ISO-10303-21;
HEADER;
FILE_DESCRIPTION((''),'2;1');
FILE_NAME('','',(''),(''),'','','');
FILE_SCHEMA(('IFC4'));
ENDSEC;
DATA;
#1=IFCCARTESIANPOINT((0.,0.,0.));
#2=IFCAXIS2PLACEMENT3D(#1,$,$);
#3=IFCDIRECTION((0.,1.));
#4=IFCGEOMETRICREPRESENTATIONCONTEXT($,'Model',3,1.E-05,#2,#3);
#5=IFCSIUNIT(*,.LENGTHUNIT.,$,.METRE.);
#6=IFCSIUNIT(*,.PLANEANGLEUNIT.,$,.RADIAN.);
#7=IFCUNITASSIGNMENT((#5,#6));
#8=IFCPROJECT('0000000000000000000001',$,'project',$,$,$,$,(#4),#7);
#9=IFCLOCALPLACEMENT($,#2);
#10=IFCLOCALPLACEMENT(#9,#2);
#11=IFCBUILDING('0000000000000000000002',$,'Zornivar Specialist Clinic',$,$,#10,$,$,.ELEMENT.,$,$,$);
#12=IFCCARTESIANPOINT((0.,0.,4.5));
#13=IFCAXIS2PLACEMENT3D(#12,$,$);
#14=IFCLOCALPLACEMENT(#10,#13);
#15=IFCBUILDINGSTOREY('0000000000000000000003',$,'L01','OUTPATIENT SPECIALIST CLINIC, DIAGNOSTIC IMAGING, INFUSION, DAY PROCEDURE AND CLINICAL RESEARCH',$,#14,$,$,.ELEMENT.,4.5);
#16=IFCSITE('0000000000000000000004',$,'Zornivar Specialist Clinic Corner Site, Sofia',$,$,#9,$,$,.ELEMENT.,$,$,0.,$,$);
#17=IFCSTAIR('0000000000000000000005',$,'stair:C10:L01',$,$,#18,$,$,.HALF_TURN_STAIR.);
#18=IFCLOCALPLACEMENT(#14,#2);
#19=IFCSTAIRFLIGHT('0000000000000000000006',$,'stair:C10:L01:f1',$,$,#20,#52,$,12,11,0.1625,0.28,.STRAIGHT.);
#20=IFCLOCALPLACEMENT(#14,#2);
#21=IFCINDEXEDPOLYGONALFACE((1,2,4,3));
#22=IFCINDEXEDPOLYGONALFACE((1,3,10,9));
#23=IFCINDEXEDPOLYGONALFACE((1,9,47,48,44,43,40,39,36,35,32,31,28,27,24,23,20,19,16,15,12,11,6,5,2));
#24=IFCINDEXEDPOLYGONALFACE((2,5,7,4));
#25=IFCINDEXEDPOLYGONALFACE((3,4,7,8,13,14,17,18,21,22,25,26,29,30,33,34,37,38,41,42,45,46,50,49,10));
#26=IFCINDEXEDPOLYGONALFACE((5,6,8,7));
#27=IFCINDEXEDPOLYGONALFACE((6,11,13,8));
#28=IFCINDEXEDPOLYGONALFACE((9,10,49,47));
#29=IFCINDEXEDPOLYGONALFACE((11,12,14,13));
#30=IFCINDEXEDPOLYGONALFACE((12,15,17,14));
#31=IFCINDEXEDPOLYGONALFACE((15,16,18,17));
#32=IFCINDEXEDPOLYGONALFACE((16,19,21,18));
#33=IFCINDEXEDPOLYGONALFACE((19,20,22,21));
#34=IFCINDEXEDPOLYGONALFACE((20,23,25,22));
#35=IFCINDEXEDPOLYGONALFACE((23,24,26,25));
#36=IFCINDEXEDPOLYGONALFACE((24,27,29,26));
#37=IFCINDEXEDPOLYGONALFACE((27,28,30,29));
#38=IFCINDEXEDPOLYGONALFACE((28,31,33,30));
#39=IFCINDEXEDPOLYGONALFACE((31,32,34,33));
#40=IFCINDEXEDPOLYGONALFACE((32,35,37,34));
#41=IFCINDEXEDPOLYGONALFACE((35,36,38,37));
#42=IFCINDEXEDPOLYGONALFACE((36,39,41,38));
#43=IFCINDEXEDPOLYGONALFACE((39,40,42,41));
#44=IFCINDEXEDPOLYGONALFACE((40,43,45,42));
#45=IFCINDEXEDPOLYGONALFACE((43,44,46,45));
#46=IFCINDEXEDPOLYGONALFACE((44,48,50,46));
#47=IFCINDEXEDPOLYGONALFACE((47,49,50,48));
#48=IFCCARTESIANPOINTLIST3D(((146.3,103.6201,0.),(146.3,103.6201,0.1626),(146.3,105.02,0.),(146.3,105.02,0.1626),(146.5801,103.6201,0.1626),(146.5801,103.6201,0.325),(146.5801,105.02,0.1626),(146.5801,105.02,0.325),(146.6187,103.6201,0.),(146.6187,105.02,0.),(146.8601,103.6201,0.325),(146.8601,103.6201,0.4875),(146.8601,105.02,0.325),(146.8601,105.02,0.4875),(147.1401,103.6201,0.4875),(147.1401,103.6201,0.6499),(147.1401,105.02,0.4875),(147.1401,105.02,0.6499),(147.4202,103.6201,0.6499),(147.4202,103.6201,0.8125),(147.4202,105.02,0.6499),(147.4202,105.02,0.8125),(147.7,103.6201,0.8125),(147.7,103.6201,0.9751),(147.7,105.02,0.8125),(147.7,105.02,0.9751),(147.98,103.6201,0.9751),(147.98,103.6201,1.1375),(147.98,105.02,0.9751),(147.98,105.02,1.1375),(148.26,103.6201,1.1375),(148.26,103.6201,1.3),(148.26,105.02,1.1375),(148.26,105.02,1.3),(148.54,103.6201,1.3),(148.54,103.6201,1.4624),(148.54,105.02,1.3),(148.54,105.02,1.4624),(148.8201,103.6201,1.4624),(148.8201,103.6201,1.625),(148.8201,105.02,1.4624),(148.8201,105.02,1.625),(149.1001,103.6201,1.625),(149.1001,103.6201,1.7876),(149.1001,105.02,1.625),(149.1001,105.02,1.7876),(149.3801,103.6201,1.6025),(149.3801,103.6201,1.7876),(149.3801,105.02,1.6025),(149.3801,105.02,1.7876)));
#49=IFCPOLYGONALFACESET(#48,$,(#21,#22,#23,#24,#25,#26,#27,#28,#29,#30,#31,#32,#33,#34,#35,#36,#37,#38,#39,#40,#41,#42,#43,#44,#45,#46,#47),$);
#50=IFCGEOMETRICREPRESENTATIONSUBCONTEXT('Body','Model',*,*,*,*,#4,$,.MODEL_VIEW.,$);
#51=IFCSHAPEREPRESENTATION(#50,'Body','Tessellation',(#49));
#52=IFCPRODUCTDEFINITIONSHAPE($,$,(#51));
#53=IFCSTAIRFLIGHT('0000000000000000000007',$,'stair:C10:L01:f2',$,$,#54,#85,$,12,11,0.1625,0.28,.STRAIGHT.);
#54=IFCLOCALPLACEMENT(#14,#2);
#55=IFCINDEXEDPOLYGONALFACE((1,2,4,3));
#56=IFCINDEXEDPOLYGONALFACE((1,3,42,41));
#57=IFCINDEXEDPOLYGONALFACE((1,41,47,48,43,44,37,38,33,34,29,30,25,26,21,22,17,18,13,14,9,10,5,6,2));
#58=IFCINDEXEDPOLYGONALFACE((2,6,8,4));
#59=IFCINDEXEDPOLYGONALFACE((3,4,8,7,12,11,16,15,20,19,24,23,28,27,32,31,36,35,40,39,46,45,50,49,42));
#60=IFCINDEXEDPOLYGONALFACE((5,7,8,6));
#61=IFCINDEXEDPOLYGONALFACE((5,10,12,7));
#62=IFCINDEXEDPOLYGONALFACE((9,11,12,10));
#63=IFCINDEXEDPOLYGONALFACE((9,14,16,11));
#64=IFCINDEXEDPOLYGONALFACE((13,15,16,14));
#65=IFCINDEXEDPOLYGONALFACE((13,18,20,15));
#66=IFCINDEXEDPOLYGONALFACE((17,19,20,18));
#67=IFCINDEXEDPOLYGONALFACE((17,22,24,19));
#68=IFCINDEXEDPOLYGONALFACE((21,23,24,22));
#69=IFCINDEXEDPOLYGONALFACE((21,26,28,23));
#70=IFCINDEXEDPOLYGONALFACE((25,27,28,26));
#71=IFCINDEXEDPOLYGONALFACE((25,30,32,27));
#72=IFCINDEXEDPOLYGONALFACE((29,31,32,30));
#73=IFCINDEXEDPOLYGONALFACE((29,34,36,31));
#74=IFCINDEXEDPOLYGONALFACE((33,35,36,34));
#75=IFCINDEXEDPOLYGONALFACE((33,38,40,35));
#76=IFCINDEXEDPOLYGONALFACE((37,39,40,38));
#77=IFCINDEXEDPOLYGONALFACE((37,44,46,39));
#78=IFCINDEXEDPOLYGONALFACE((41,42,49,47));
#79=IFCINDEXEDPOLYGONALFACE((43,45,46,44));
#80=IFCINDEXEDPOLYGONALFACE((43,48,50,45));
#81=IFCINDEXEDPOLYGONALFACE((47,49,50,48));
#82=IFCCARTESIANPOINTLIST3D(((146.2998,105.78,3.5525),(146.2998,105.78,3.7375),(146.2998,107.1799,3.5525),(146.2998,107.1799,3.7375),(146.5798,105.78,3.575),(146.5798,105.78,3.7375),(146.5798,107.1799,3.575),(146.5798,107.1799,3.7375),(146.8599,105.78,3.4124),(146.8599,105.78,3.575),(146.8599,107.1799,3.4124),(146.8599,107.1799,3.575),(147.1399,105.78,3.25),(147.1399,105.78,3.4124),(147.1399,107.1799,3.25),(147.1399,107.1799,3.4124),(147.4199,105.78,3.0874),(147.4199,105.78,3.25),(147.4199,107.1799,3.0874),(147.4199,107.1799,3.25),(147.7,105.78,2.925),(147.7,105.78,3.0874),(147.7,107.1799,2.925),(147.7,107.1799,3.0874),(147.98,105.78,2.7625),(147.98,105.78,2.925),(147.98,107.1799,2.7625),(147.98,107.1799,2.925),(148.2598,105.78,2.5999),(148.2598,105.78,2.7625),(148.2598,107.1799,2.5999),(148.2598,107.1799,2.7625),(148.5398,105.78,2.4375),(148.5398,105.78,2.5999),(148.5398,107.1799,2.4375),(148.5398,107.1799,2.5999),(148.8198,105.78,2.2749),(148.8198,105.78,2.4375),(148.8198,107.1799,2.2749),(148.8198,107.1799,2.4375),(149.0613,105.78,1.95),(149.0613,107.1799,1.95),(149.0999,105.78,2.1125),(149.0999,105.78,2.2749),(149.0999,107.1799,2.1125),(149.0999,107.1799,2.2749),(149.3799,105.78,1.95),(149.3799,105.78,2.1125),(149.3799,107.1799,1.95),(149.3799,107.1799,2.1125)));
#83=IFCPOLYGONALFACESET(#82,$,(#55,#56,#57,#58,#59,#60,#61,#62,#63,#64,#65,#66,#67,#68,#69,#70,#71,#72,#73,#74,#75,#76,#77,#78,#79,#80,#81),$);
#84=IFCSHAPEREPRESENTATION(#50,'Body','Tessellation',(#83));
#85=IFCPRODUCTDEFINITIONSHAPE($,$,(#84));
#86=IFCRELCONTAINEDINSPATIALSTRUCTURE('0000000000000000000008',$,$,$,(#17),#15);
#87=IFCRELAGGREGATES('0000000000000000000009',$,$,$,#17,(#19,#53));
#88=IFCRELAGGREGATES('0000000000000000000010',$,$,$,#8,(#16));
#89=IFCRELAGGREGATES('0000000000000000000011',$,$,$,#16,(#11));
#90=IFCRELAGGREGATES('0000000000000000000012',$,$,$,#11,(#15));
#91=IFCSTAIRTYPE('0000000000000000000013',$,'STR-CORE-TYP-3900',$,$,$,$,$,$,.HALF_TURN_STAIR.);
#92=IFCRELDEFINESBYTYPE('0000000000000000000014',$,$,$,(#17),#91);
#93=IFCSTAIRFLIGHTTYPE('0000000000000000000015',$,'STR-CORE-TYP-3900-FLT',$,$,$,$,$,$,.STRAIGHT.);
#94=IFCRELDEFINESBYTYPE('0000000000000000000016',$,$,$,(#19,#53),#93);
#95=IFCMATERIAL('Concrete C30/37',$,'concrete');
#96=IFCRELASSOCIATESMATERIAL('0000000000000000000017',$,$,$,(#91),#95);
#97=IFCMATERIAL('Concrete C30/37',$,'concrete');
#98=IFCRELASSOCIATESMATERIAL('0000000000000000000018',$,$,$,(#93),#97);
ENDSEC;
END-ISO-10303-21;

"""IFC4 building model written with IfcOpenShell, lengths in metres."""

from ifc_helpers import new_model, si_unit, direction, frame, origin, place, context, subcontext, project, spatial, polyline, outline, extrude, material, type_object, element, aggregate, save


model = new_model("IFC4")

# Units and contexts
model_context = context("Model", 3, precision=1e-05, world=origin(), true_north=direction((0.0, 1.0)))
body_context = subcontext(model_context, "Body", "Model", "MODEL_VIEW")
ifc_project = project(units=[si_unit("LENGTHUNIT", "METRE"), si_unit("PLANEANGLEUNIT", "RADIAN")], contexts=[model_context])

# Site, building, storey
site_placement = place(None, origin())
site = spatial("IfcSite", under=ifc_project, at=site_placement, Name="Zornivar Specialist Clinic Corner Site, Sofia", CompositionType="ELEMENT", RefElevation=0.0)
building_placement = place(site_placement, origin())
building = spatial("IfcBuilding", under=site, at=building_placement, Name="Zornivar Specialist Clinic", CompositionType="ELEMENT")
storey_placement = place(building_placement, frame((0.0, 0.0, 4.5)))
storey = spatial("IfcBuildingStorey", under=building, at=storey_placement, Name="L01", Description="OUTPATIENT SPECIALIST CLINIC, DIAGNOSTIC IMAGING, INFUSION, DAY PROCEDURE AND CLINICAL RESEARCH", CompositionType="ELEMENT", Elevation=4.5)

# Stair, stair flights
ifc_material_1 = material(Name="Concrete C30/37", Category="concrete")
stair_type = type_object("IfcStairType", Name="STR-CORE-TYP-3900", PredefinedType="HALF_TURN_STAIR", material=ifc_material_1)
stair_placement = place(storey_placement, origin())
stair = element("IfcStair", 1, at=stair_placement, inside=storey, type_object=stair_type, Name="stair:C10:L01", PredefinedType="HALF_TURN_STAIR")
ifc_material_2 = material(Name="Concrete C30/37", Category="concrete")
stair_flight_type = type_object("IfcStairFlightType", Name="STR-CORE-TYP-3900-FLT", PredefinedType="STRAIGHT", material=ifc_material_2)
stair_flight_1_placement = place(storey_placement, frame((146.3, 104.3201, 0.0), z_axis=(0.0, 0.0, 1.0), x_axis=(1.0, 0.0, 0.0)))
stair_flight_1 = element("IfcStairFlight", 2, at=stair_flight_1_placement, type_object=stair_flight_type, Name="stair:C10:L01:f1", NumberOfRisers=12, NumberOfTreads=11, PredefinedType="STRAIGHT", RiserHeight=0.1625, TreadLength=0.28, context=body_context, shape_type="SweptSolid", body=[
    extrude(outline(polyline([(0.0, 0.0), (0.0, 0.1626), (0.28, 0.1626), (0.28, 0.325), (0.5601, 0.325), (0.5601, 0.4875), (0.8401, 0.4875), (0.8401, 0.6499), (1.1201, 0.6499), (1.1201, 0.8125), (1.3999, 0.8125), (1.3999, 0.9751), (1.6799, 0.9751), (1.6799, 1.1375), (1.96, 1.1375), (1.96, 1.3), (2.24, 1.3), (2.24, 1.4624), (2.52, 1.4624), (2.52, 1.625), (2.8, 1.625), (2.8, 1.7876), (3.0801, 1.7876), (3.0801, 1.95), (3.0801, 1.6025), (0.3186, 0.0), (0.0, 0.0)])), frame((0.0, 0.7, 0.0), z_axis=(0.0, -1.0, 0.0), x_axis=(1.0, 0.0, 0.0)), (0.0, 0.0, 1.0), 1.3999),
])
stair_flight_2_placement = place(storey_placement, frame((149.3799, 106.48, 1.95), z_axis=(0.0, 0.0, 1.0), x_axis=(-1.0, 0.0, 0.0)))
stair_flight_2 = element("IfcStairFlight", 3, at=stair_flight_2_placement, type_object=stair_flight_type, Name="stair:C10:L01:f2", NumberOfRisers=12, NumberOfTreads=11, PredefinedType="STRAIGHT", RiserHeight=0.1625, TreadLength=0.28, context=body_context, shape_type="SweptSolid", body=[
    extrude(outline(polyline([(0.0, 0.0), (0.0, 0.1626), (0.28, 0.1626), (0.28, 0.325), (0.5601, 0.325), (0.5601, 0.4875), (0.8401, 0.4875), (0.8401, 0.6499), (1.1201, 0.6499), (1.1201, 0.8125), (1.3999, 0.8125), (1.3999, 0.9751), (1.6799, 0.9751), (1.6799, 1.1375), (1.96, 1.1375), (1.96, 1.3), (2.24, 1.3), (2.24, 1.4624), (2.52, 1.4624), (2.52, 1.625), (2.8, 1.625), (2.8, 1.7876), (3.0801, 1.7876), (3.0801, 1.95), (3.0801, 1.6025), (0.3186, 0.0), (0.0, 0.0)])), frame((0.0, 0.7, 0.0), z_axis=(0.0, -1.0, 0.0), x_axis=(1.0, 0.0, 0.0)), (0.0, 0.0, 1.0), 1.3999),
])
aggregate(stair, [stair_flight_1, stair_flight_2])

save(model, "model.ifc")
